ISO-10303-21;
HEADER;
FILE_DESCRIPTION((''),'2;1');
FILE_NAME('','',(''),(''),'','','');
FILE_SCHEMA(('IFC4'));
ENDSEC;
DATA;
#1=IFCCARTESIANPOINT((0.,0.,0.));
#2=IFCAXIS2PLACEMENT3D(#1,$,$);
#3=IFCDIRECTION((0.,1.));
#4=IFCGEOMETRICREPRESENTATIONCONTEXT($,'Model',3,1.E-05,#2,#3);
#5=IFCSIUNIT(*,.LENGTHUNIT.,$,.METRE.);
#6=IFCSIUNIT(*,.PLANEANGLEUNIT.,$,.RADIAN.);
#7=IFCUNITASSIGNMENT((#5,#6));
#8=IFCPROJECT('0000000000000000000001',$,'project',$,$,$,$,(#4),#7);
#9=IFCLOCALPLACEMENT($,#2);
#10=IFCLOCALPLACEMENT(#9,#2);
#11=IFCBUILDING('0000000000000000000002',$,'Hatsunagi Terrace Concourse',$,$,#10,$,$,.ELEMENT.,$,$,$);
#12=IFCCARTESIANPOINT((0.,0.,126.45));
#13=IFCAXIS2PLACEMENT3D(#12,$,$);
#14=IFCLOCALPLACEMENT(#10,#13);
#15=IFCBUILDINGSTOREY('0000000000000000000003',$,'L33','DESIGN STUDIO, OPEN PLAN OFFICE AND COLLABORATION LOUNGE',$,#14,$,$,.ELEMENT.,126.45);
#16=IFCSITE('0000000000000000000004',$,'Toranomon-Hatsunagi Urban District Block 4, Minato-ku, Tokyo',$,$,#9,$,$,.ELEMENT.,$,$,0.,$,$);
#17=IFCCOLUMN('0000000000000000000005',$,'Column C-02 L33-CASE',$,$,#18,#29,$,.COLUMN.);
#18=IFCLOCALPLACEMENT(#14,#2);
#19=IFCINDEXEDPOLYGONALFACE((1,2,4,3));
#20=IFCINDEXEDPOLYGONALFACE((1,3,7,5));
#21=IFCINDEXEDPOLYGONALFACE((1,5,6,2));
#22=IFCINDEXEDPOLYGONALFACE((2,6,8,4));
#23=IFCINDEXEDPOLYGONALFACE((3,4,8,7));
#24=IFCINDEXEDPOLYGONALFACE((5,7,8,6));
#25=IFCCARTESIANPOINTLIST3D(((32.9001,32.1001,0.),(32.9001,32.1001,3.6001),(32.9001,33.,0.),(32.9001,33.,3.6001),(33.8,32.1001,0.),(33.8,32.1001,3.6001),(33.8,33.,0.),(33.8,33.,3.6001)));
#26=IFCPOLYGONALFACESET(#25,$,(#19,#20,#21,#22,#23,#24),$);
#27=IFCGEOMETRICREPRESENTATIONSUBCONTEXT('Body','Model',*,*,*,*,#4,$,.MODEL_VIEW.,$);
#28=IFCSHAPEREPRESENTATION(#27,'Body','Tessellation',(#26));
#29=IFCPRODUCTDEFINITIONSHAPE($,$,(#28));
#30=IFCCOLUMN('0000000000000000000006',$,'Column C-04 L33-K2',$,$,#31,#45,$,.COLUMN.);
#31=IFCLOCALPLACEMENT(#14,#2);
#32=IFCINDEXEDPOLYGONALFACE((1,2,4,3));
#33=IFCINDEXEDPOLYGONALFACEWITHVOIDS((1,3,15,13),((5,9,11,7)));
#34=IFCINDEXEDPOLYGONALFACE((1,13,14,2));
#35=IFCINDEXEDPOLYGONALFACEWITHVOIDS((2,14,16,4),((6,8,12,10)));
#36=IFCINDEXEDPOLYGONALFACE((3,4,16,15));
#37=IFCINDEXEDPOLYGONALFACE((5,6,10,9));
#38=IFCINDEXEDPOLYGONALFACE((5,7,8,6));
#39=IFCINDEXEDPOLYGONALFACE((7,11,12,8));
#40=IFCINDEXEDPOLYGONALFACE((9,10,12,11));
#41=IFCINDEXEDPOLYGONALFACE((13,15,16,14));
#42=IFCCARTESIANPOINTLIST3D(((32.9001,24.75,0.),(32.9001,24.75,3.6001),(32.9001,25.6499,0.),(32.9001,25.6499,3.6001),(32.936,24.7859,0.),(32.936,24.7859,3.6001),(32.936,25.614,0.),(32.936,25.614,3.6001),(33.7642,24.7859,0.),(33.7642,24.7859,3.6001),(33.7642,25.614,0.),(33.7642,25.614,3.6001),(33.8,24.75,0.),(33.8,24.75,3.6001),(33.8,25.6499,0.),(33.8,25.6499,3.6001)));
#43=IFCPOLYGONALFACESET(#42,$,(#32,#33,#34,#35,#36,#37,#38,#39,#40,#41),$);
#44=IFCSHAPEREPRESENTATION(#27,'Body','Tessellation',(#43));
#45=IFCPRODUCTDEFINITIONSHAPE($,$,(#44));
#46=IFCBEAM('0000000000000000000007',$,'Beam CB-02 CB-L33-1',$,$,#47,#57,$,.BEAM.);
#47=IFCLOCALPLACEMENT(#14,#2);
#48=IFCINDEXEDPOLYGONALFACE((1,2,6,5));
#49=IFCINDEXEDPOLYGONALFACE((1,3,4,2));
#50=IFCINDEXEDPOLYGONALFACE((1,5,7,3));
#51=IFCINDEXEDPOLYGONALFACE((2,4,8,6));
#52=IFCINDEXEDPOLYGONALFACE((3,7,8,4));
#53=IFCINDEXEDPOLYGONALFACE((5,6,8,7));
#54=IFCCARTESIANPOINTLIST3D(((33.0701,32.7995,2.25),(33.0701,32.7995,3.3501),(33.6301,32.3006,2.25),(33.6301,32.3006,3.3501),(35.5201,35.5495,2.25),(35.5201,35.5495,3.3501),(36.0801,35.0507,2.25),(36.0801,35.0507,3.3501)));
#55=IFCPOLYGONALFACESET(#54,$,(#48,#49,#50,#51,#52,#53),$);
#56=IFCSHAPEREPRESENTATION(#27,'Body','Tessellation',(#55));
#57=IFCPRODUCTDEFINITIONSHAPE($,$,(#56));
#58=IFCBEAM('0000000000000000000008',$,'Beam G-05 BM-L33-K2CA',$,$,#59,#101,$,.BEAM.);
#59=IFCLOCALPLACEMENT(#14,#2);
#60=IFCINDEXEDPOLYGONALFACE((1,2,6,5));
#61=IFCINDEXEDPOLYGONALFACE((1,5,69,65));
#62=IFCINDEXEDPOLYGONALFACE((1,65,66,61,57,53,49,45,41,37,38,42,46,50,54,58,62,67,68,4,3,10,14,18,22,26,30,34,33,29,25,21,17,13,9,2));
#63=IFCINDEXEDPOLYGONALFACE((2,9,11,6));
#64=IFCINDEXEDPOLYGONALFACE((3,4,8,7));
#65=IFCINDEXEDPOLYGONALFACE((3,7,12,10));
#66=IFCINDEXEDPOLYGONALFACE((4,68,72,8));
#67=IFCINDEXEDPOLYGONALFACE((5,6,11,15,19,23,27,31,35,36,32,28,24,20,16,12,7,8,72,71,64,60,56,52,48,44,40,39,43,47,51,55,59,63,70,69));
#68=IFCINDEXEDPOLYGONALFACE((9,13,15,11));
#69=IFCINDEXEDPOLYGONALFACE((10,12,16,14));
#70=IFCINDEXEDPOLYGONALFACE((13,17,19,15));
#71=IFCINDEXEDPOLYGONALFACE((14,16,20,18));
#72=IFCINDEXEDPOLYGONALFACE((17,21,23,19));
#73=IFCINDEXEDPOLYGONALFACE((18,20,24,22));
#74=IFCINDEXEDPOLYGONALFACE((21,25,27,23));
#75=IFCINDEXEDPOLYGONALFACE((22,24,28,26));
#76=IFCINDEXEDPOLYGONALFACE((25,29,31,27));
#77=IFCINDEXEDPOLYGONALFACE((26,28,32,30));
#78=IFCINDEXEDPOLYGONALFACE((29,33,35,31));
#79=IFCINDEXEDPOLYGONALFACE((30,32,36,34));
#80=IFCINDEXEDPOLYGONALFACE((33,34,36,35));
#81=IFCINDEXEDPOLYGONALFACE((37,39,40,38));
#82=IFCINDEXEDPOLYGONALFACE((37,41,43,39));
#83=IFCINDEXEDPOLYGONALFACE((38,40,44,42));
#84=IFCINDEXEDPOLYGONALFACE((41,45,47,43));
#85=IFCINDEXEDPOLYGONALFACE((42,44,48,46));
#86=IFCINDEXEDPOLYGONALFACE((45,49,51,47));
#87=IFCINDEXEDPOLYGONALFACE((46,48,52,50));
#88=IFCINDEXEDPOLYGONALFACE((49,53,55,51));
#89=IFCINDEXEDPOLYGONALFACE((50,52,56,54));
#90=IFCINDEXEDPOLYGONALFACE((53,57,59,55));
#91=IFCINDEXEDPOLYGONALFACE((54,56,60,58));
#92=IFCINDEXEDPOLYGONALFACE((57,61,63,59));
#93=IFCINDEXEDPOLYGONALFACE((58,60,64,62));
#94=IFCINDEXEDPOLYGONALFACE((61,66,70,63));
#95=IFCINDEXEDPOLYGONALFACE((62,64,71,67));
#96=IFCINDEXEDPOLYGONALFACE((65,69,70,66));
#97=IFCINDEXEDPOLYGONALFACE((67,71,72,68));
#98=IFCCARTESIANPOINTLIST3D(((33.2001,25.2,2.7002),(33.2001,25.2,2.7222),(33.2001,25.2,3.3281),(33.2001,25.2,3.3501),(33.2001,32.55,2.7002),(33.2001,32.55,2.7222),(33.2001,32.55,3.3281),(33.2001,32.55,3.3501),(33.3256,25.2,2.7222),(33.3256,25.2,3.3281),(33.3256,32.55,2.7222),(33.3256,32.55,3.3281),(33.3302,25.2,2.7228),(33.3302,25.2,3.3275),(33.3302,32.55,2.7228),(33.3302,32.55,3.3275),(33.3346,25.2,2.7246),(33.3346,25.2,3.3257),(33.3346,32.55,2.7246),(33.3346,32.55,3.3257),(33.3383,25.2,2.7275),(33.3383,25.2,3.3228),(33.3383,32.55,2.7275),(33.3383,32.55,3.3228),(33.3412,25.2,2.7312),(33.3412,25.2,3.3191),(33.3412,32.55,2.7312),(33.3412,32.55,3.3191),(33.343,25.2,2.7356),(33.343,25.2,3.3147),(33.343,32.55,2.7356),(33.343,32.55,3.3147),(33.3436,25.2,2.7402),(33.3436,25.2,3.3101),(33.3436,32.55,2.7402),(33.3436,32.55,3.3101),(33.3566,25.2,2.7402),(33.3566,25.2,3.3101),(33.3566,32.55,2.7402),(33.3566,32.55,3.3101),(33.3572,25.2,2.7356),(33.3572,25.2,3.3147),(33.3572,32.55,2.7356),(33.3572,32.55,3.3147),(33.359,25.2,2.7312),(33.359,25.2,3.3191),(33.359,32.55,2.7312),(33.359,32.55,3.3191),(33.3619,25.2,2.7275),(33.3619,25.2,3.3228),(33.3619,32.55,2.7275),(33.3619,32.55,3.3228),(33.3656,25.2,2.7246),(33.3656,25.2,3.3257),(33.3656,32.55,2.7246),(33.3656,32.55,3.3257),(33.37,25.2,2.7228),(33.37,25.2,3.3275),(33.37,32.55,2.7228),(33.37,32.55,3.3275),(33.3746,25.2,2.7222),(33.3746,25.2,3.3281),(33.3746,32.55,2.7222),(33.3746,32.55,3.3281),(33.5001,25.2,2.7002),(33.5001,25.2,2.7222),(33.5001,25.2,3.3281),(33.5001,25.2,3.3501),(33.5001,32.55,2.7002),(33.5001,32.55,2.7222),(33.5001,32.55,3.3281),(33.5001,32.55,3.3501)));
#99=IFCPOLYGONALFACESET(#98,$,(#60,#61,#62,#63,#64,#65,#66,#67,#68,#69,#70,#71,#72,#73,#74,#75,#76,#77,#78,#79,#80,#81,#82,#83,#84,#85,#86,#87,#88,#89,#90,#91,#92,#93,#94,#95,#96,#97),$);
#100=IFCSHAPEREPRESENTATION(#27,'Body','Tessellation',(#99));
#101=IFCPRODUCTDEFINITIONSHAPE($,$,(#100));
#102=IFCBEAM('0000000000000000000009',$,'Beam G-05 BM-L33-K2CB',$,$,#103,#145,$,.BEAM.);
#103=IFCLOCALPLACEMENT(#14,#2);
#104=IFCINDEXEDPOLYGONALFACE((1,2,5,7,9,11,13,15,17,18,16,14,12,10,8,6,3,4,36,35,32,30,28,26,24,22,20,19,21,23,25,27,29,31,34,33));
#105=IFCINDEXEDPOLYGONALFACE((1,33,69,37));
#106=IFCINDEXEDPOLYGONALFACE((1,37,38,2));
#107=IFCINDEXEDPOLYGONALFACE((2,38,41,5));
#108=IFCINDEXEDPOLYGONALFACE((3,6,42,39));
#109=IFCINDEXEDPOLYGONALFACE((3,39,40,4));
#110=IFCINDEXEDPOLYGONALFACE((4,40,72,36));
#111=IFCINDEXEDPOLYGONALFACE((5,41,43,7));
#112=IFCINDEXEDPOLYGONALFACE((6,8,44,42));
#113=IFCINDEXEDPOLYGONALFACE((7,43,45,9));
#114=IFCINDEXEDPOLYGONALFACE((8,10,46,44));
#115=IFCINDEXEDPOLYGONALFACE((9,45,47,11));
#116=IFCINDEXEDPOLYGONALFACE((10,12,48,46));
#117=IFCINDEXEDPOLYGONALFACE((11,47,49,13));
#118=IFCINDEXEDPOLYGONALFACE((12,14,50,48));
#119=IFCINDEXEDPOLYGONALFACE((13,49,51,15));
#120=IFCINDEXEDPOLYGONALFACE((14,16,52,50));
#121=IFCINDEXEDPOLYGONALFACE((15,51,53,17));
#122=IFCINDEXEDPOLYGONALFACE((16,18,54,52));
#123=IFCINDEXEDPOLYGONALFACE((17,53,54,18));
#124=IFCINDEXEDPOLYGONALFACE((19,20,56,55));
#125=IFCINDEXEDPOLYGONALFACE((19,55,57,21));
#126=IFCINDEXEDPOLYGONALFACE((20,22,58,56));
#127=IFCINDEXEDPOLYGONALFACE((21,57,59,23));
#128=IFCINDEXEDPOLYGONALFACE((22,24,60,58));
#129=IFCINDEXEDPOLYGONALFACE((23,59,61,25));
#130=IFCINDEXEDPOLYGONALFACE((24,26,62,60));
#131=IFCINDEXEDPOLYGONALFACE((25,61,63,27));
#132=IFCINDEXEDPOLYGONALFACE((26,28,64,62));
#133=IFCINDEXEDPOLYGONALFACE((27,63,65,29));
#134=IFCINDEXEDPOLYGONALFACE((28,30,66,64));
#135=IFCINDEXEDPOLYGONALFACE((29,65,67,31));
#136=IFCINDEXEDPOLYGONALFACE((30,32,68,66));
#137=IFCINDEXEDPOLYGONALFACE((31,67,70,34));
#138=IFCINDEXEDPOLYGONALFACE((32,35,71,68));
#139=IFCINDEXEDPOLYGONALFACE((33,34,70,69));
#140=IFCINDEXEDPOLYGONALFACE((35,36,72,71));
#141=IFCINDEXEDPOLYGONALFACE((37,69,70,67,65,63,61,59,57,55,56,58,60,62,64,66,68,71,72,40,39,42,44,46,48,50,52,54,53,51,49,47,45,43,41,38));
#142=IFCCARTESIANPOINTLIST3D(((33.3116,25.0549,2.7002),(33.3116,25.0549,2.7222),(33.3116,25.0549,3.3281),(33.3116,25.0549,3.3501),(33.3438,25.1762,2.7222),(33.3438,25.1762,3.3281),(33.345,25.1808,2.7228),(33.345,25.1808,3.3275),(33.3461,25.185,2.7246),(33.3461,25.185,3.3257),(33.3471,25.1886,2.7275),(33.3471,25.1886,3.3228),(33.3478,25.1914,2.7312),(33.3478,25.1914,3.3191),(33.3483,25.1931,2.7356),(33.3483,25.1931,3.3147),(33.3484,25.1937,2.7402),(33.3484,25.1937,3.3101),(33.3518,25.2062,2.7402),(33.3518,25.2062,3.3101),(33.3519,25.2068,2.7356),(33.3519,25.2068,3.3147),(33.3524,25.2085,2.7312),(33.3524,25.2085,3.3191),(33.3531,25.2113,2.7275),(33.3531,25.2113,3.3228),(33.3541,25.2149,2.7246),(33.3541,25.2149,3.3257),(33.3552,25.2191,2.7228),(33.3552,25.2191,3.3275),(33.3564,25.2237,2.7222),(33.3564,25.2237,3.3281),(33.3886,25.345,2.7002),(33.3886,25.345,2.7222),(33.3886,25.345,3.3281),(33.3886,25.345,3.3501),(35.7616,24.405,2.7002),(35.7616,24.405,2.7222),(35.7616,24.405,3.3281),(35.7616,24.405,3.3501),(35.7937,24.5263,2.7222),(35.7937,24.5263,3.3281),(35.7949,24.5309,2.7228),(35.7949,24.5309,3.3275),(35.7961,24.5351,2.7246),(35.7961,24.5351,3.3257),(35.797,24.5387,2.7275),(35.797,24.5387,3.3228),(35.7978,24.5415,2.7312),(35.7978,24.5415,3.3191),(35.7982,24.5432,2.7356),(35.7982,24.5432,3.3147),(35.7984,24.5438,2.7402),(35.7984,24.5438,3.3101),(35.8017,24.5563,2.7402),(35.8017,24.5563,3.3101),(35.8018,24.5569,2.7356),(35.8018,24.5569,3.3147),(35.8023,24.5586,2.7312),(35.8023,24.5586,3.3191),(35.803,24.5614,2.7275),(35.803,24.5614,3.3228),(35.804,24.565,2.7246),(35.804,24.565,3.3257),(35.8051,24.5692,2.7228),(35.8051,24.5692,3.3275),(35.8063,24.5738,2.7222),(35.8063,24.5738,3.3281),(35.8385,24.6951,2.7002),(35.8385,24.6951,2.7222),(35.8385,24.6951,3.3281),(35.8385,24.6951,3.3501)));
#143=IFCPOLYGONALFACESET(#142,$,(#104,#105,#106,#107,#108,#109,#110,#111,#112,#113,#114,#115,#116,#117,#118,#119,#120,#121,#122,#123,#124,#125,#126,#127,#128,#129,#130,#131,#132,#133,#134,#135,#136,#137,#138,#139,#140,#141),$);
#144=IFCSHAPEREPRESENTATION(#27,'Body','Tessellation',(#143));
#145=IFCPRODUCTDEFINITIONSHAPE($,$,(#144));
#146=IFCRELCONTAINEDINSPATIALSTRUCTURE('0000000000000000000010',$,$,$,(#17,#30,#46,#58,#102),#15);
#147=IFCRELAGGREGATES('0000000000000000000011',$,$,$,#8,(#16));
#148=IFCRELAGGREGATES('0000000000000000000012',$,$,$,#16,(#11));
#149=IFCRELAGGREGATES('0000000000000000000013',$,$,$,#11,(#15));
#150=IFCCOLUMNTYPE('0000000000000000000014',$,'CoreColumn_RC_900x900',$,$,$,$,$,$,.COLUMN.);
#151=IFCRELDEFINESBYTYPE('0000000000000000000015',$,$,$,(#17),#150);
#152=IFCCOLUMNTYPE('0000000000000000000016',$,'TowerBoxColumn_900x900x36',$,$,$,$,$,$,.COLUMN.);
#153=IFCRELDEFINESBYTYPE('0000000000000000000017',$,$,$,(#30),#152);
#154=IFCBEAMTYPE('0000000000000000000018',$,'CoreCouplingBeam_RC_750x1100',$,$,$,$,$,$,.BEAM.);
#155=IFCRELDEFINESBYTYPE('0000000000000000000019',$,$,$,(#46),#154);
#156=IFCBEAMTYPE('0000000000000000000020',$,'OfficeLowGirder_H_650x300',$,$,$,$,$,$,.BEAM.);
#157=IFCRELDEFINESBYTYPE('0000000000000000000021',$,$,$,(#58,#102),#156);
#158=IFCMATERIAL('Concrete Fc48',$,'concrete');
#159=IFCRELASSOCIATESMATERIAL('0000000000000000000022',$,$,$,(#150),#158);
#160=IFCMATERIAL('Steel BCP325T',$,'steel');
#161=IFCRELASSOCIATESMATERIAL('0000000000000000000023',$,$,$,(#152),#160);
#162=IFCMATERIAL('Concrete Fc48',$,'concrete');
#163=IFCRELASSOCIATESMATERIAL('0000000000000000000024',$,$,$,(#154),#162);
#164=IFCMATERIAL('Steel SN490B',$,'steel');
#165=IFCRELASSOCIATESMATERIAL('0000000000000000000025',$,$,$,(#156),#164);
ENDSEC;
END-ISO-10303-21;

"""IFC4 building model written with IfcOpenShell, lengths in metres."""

from ifc_helpers import new_model, si_unit, direction, frame, origin, origin_2d, place, context, subcontext, project, spatial, rectangle, hollow_rectangle, i_section, extrude, material, material_profile, profile_set, type_object, element, save


model = new_model("IFC4")

# Units and contexts
model_context = context("Model", 3, precision=1e-05, world=origin(), true_north=direction((0.0, 1.0)))
body_context = subcontext(model_context, "Body", "Model", "MODEL_VIEW")
ifc_project = project(units=[si_unit("LENGTHUNIT", "METRE"), si_unit("PLANEANGLEUNIT", "RADIAN")], contexts=[model_context])

# Site, building, storey
site_placement = place(None, origin())
site = spatial("IfcSite", under=ifc_project, at=site_placement, Name="Toranomon-Hatsunagi Urban District Block 4, Minato-ku, Tokyo", CompositionType="ELEMENT", RefElevation=0.0)
building_placement = place(site_placement, origin())
building = spatial("IfcBuilding", under=site, at=building_placement, Name="Hatsunagi Terrace Concourse", CompositionType="ELEMENT")
storey_placement = place(building_placement, frame((0.0, 0.0, 126.45)))
storey = spatial("IfcBuildingStorey", under=building, at=storey_placement, Name="L33", Description="DESIGN STUDIO, OPEN PLAN OFFICE AND COLLABORATION LOUNGE", CompositionType="ELEMENT", Elevation=126.45)

# Columns
ifc_material_1 = material(Name="Concrete Fc48", Category="concrete")
ifc_material_profile_1 = material_profile(ifc_material_1, rectangle(XDim=0.8999, YDim=0.8999, at=origin_2d()), Name="RC-900x900")
ifc_profile_set_1 = profile_set([ifc_material_profile_1], Name="Concrete Fc48")
column_type_1 = type_object("IfcColumnType", Name="CoreColumn_RC_900x900", PredefinedType="COLUMN", material=ifc_profile_set_1)
column_1_placement = place(storey_placement, frame((33.3501, 32.55, 0.0), z_axis=(0.0, 0.0, 1.0), x_axis=(1.0, 0.0, 0.0)))
element("IfcColumn", 1, at=column_1_placement, inside=storey, type_object=column_type_1, Name="Column C-02 L33-CASE", PredefinedType="COLUMN", context=body_context, shape_type="SweptSolid", body=[
    extrude(rectangle(XDim=0.8999, YDim=0.8999, at=origin_2d()), origin(), (0.0, 0.0, 1.0), 3.6001),
])
ifc_material_2 = material(Name="Steel BCP325T", Category="steel")
ifc_material_profile_2 = material_profile(ifc_material_2, hollow_rectangle(XDim=0.8999, YDim=0.8999, WallThickness=0.0359, at=origin_2d()), Name="BCP-900x900x36")
ifc_profile_set_2 = profile_set([ifc_material_profile_2], Name="Steel BCP325T")
column_type_2 = type_object("IfcColumnType", Name="TowerBoxColumn_900x900x36", PredefinedType="COLUMN", material=ifc_profile_set_2)
column_2_placement = place(storey_placement, frame((33.3501, 25.2, 0.0), z_axis=(0.0, 0.0, 1.0), x_axis=(1.0, 0.0, 0.0)))
element("IfcColumn", 2, at=column_2_placement, inside=storey, type_object=column_type_2, Name="Column C-04 L33-K2", PredefinedType="COLUMN", context=body_context, shape_type="SweptSolid", body=[
    extrude(hollow_rectangle(XDim=0.8999, YDim=0.8999, WallThickness=0.0359, at=origin_2d()), origin(), (0.0, 0.0, 1.0), 3.6001),
])

# Beams
ifc_material_3 = material(Name="Concrete Fc48", Category="concrete")
ifc_material_profile_3 = material_profile(ifc_material_3, rectangle(XDim=0.75, YDim=1.1001, at=origin_2d()), Name="RC-750x1100")
ifc_profile_set_3 = profile_set([ifc_material_profile_3], Name="Concrete Fc48")
beam_type_1 = type_object("IfcBeamType", Name="CoreCouplingBeam_RC_750x1100", PredefinedType="BEAM", material=ifc_profile_set_3)
beam_1_placement = place(storey_placement, frame((33.3501, 32.55, 2.8), z_axis=(0.665199, 0.746666, 0.0), x_axis=(-0.746666, 0.665199, 0.0)))
element("IfcBeam", 3, at=beam_1_placement, inside=storey, type_object=beam_type_1, Name="Beam CB-02 CB-L33-1", PredefinedType="BEAM", context=body_context, shape_type="SweptSolid", body=[
    extrude(rectangle(XDim=0.75, YDim=1.1001, at=origin_2d()), origin(), (0.0, 0.0, 1.0), 3.6831),
])
ifc_material_4 = material(Name="Steel SN490B", Category="steel")
ifc_material_profile_4 = material_profile(ifc_material_4, i_section(OverallWidth=0.3, OverallDepth=0.6499, WebThickness=0.0129, FlangeThickness=0.022, FilletRadius=0.0181, at=origin_2d()), Name="H-650x300x13x22")
ifc_profile_set_4 = profile_set([ifc_material_profile_4], Name="Steel SN490B")
beam_type_2 = type_object("IfcBeamType", Name="OfficeLowGirder_H_650x300", PredefinedType="BEAM", material=ifc_profile_set_4)
beam_2_placement = place(storey_placement, frame((33.3501, 25.2, 3.0251), z_axis=(0.0, 1.0, 0.0), x_axis=(-1.0, 0.0, 0.0)))
element("IfcBeam", 4, at=beam_2_placement, inside=storey, type_object=beam_type_2, Name="Beam G-05 BM-L33-K2CA", PredefinedType="BEAM", context=body_context, shape_type="SweptSolid", body=[
    extrude(i_section(OverallWidth=0.3, OverallDepth=0.6499, WebThickness=0.0129, FlangeThickness=0.022, FilletRadius=0.0181, at=origin_2d()), origin(), (0.0, 0.0, 1.0), 7.3501),
])
beam_3_placement = place(storey_placement, frame((33.3501, 25.2, 3.0251), z_axis=(0.96657, -0.256403, 0.0), x_axis=(0.256403, 0.96657, 0.0)))
element("IfcBeam", 5, at=beam_3_placement, inside=storey, type_object=beam_type_2, Name="Beam G-05 BM-L33-K2CB", PredefinedType="BEAM", context=body_context, shape_type="SweptSolid", body=[
    extrude(i_section(OverallWidth=0.3, OverallDepth=0.6499, WebThickness=0.0129, FlangeThickness=0.022, FilletRadius=0.0181, at=origin_2d()), origin(), (0.0, 0.0, 1.0), 2.5347),
])

save(model, "model.ifc")
